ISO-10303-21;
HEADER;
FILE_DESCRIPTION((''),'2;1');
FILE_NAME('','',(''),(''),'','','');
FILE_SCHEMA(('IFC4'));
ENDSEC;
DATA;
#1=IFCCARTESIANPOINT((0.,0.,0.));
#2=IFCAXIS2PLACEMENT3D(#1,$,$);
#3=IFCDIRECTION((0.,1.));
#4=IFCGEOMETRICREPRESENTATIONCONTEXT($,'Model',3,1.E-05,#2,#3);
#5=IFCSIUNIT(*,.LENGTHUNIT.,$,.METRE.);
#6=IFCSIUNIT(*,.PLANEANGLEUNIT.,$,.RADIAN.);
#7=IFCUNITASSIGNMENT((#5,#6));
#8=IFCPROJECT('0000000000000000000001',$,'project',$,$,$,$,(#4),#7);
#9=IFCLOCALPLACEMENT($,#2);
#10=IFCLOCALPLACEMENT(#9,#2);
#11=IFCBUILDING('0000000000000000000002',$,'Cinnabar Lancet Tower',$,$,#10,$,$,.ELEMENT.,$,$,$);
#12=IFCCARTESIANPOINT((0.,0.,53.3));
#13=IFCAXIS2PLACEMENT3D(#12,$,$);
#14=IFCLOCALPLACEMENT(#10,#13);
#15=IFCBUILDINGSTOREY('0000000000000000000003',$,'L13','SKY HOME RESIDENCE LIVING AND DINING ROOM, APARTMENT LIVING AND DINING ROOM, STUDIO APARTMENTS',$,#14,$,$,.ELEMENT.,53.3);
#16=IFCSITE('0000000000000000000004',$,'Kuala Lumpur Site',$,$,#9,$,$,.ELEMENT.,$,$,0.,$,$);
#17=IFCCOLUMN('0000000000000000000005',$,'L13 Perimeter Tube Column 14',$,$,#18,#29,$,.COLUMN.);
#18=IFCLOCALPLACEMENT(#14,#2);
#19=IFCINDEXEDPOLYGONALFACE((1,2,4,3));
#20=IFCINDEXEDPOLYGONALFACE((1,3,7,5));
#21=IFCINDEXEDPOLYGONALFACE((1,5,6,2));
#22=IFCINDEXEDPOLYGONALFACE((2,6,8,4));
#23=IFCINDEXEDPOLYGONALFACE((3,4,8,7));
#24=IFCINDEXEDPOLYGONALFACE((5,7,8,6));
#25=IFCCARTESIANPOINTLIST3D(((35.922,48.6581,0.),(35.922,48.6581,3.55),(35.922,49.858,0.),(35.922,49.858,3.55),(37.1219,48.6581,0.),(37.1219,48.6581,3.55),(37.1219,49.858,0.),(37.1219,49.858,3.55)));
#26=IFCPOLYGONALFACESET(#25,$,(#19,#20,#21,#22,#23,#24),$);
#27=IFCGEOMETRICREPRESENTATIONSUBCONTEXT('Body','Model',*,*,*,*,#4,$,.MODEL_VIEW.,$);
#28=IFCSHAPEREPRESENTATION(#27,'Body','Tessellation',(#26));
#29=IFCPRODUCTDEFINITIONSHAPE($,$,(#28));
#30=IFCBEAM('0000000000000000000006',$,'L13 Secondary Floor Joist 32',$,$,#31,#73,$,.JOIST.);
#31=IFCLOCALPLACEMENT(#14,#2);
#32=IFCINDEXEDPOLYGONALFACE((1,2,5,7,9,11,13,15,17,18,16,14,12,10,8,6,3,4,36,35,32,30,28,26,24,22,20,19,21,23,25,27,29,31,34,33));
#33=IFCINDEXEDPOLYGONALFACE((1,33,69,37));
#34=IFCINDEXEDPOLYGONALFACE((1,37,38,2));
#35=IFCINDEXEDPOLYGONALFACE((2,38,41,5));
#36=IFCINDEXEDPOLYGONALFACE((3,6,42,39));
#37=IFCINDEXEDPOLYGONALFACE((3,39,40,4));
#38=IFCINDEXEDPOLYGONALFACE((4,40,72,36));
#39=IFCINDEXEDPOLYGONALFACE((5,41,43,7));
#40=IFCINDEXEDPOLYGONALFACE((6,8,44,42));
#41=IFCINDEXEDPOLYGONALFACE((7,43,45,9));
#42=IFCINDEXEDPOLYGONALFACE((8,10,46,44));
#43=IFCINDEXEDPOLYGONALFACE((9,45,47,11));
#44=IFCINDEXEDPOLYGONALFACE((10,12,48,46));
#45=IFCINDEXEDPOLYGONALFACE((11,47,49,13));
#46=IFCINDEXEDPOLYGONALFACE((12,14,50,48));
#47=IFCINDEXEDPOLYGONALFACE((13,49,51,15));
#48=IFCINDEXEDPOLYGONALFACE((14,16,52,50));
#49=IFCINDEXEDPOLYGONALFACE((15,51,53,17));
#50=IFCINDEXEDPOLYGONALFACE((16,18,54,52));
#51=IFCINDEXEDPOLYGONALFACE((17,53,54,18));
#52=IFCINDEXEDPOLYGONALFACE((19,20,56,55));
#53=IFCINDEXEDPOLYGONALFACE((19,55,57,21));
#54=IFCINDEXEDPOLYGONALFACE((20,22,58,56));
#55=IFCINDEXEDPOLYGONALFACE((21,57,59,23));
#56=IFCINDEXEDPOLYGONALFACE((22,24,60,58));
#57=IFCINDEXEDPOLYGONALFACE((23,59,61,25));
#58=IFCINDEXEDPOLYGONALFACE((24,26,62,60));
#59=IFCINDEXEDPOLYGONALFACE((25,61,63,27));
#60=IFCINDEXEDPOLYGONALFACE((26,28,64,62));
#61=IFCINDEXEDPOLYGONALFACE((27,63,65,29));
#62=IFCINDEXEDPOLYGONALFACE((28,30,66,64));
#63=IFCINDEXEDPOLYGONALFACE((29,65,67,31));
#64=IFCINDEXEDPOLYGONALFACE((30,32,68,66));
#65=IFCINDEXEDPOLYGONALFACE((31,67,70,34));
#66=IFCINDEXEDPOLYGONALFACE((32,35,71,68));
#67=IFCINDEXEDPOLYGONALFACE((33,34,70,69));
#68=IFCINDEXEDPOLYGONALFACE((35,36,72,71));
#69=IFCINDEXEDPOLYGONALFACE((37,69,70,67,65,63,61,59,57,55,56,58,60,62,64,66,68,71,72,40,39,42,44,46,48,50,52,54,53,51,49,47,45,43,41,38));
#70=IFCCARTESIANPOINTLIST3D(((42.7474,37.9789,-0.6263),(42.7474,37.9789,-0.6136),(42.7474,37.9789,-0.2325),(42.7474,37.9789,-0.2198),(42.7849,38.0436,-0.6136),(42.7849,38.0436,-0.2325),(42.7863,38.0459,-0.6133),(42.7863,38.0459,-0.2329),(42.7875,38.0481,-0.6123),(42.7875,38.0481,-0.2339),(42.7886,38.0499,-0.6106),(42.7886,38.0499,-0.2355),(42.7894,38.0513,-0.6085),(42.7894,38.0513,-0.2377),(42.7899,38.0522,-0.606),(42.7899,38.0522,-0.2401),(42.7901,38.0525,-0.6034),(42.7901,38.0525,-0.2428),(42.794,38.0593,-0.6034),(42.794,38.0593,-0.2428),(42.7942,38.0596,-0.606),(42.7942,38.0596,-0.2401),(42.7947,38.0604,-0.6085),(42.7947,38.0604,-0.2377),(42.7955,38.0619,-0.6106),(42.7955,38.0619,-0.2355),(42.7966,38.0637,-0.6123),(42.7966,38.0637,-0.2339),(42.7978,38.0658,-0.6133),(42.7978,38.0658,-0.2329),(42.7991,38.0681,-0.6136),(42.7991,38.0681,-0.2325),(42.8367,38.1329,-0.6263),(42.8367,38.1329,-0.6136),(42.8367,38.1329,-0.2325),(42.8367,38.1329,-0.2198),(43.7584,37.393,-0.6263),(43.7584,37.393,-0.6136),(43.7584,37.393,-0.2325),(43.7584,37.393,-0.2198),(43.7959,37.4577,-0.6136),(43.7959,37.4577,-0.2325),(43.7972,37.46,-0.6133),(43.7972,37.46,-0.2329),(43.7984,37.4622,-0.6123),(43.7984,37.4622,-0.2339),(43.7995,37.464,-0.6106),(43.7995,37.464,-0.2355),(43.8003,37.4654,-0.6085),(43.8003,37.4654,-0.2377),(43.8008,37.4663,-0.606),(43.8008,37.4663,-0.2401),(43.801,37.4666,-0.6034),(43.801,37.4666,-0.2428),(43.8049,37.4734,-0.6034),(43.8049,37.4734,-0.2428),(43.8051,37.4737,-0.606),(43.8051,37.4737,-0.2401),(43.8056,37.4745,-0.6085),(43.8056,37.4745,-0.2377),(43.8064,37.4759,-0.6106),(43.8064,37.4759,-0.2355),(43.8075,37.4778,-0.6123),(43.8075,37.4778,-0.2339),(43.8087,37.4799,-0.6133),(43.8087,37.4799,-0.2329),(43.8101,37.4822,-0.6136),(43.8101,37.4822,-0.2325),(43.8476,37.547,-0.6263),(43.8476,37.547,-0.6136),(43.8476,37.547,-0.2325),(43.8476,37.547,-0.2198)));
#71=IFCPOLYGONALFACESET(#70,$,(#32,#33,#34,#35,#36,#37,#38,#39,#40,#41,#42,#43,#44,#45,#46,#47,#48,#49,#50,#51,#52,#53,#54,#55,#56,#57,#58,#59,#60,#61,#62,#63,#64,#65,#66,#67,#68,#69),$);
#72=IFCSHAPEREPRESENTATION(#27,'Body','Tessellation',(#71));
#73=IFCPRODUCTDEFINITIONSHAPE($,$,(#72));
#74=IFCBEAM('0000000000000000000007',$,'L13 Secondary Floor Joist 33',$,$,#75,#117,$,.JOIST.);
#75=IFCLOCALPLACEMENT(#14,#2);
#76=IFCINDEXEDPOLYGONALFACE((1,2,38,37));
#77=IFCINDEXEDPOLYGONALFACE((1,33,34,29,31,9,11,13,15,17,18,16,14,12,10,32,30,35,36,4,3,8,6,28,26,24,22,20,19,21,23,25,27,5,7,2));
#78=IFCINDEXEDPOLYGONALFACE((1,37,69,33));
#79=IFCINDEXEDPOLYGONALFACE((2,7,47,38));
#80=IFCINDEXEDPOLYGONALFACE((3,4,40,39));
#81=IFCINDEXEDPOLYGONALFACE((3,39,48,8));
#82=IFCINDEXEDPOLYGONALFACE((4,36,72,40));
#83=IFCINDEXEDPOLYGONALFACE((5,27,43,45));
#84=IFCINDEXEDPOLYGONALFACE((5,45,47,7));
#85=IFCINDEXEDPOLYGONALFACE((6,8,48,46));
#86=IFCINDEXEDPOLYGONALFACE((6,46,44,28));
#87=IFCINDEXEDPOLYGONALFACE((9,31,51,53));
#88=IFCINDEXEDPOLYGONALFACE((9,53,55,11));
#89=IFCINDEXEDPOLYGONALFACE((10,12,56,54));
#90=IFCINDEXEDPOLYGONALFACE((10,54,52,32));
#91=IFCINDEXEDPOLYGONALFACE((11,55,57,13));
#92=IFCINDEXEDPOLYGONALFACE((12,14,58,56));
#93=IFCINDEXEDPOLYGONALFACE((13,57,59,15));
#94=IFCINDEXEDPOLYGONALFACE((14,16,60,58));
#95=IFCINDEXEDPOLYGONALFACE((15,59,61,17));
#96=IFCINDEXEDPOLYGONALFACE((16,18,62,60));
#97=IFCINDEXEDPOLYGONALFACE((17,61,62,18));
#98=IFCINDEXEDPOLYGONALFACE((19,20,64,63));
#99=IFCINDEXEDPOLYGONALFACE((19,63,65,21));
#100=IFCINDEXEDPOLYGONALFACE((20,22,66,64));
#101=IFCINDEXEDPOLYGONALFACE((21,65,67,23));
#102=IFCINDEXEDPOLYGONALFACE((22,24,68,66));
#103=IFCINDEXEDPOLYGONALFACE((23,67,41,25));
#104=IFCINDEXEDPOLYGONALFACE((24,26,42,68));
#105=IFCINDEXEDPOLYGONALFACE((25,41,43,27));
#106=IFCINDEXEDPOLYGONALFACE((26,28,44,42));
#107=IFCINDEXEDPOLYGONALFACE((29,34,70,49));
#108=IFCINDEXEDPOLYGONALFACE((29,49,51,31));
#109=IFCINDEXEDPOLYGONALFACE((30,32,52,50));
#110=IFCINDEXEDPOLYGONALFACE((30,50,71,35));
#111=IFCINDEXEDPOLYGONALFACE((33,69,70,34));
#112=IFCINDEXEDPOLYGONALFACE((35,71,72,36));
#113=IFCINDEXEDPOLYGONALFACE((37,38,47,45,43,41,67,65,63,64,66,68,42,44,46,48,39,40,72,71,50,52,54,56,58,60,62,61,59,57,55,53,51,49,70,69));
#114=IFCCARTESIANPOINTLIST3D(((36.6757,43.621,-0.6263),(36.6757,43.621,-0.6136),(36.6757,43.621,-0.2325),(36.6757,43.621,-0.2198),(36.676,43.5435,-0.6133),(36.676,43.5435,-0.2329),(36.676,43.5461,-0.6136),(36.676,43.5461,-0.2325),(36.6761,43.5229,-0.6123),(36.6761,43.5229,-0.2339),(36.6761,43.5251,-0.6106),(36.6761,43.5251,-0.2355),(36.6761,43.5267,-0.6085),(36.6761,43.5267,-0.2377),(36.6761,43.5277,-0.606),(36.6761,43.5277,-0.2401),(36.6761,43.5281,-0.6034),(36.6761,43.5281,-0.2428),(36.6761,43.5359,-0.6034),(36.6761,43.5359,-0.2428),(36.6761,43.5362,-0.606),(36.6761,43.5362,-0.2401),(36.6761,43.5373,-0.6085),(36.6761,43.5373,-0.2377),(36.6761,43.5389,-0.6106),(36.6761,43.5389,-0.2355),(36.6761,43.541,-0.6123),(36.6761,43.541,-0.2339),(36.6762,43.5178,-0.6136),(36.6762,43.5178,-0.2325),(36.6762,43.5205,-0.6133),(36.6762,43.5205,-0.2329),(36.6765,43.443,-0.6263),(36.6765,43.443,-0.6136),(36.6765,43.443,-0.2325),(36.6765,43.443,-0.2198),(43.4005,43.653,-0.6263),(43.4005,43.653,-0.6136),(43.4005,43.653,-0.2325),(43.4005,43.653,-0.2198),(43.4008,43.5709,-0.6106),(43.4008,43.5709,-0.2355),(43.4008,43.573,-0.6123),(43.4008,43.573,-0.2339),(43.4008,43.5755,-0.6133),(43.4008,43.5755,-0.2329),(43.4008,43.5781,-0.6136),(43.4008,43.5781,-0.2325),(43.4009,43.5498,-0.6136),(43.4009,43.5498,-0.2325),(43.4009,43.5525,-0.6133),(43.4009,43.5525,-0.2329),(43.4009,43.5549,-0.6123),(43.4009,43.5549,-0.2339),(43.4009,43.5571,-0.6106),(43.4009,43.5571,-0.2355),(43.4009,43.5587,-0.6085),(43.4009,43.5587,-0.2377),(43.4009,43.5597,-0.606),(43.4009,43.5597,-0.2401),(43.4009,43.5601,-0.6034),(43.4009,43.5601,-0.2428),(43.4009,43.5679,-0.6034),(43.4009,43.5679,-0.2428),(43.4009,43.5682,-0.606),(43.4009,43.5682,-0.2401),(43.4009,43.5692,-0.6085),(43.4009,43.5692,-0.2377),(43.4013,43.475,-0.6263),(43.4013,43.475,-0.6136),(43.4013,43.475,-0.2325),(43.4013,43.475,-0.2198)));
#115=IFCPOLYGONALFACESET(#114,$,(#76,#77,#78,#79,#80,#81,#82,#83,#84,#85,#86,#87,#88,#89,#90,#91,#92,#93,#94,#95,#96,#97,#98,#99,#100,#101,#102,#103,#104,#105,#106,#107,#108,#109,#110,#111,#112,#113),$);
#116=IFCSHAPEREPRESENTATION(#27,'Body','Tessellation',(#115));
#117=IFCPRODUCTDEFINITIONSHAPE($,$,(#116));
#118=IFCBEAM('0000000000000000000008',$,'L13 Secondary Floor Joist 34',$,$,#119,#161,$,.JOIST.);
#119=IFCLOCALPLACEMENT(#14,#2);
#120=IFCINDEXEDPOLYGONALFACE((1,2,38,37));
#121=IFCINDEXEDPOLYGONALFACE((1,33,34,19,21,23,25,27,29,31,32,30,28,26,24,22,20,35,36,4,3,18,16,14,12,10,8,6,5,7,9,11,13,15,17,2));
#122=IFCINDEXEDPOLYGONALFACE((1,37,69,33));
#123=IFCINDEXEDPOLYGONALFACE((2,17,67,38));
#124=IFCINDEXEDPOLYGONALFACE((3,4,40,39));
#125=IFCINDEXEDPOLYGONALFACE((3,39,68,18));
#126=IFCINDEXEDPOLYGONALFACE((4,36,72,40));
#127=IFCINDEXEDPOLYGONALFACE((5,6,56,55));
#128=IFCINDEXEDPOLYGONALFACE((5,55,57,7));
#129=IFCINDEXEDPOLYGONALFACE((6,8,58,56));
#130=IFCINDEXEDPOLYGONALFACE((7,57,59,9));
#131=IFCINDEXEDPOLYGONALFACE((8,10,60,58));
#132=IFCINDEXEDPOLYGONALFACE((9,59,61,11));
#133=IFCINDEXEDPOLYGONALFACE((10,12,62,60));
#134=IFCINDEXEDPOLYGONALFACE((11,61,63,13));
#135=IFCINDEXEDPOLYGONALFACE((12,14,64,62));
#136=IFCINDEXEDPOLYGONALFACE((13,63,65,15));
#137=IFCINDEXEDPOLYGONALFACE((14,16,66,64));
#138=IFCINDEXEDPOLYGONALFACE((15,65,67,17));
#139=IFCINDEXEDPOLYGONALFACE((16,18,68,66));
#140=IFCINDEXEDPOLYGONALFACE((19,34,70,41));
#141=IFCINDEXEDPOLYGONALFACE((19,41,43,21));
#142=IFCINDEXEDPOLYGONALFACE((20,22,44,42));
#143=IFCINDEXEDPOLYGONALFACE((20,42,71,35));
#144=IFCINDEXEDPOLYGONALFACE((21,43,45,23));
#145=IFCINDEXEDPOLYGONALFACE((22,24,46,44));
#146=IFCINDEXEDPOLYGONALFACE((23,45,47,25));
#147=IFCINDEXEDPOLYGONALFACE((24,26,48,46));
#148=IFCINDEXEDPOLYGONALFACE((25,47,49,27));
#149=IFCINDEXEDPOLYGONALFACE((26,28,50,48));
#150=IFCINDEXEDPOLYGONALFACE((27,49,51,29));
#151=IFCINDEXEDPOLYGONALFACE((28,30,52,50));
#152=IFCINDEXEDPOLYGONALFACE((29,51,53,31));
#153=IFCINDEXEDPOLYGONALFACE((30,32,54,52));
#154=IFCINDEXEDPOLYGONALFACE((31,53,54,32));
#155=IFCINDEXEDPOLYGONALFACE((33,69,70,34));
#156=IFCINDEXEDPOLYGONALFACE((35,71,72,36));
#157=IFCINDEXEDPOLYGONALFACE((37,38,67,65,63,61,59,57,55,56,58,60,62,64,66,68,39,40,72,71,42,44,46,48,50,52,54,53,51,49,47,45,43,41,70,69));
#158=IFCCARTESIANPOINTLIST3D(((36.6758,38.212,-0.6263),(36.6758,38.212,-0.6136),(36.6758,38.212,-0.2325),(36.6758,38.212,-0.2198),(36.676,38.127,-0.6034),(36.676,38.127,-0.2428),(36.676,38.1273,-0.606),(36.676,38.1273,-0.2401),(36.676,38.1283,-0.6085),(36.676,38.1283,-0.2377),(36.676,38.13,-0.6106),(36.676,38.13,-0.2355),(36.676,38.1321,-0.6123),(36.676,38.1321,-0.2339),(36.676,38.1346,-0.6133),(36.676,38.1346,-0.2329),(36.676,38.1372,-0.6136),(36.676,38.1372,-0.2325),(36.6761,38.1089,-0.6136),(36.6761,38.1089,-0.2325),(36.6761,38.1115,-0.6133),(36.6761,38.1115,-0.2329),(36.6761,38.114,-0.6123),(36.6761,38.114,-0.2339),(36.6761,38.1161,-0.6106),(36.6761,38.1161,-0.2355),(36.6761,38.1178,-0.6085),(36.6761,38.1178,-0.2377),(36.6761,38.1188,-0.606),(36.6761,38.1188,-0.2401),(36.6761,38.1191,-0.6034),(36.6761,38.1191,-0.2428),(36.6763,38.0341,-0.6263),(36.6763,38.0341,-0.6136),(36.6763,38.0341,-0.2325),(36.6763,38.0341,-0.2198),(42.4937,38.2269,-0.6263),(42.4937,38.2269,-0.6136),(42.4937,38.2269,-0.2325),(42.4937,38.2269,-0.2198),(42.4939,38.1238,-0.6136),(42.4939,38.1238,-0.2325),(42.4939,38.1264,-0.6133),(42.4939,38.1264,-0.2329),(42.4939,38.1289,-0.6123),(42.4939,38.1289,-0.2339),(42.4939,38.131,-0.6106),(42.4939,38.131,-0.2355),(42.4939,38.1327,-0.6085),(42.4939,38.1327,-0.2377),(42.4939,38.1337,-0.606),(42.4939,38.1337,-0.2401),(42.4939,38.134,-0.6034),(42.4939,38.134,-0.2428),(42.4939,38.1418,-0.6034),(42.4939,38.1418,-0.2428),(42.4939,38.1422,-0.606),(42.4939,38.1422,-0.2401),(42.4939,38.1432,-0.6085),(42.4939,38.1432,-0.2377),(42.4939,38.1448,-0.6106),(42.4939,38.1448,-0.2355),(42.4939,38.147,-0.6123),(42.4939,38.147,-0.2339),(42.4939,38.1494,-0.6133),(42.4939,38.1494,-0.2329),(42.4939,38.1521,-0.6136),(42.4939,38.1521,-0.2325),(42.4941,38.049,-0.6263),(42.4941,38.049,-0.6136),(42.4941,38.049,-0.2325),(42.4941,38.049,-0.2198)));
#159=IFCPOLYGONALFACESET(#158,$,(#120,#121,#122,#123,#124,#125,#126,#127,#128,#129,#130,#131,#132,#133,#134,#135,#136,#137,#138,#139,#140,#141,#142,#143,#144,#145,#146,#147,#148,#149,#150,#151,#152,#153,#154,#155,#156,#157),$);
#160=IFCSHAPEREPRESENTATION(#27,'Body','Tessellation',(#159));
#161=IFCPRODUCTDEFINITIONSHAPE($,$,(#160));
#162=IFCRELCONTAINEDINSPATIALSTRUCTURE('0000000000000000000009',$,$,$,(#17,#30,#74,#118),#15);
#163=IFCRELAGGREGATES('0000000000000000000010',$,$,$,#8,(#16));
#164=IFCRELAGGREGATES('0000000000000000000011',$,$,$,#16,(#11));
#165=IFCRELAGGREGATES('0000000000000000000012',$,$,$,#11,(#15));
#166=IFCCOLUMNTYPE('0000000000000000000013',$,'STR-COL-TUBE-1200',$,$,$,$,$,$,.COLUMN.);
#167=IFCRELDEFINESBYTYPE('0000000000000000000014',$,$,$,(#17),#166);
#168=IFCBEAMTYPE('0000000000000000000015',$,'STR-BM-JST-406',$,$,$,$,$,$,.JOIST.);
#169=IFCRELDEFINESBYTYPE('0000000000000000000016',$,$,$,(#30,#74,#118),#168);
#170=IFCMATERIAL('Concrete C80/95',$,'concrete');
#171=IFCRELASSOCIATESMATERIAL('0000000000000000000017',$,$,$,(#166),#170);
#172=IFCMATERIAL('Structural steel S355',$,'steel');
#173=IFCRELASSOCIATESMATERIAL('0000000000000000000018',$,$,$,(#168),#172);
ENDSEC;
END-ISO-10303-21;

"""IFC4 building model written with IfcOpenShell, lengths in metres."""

from ifc_helpers import new_model, si_unit, direction, frame, origin, origin_2d, place, context, subcontext, project, spatial, rectangle, i_section, extrude, material, material_profile, profile_set, type_object, element, save


model = new_model("IFC4")

# Units and contexts
model_context = context("Model", 3, precision=1e-05, world=origin(), true_north=direction((0.0, 1.0)))
body_context = subcontext(model_context, "Body", "Model", "MODEL_VIEW")
ifc_project = project(units=[si_unit("LENGTHUNIT", "METRE"), si_unit("PLANEANGLEUNIT", "RADIAN")], contexts=[model_context])

# Site, building, storey
site_placement = place(None, origin())
site = spatial("IfcSite", under=ifc_project, at=site_placement, Name="Kuala Lumpur Site", CompositionType="ELEMENT", RefElevation=0.0)
building_placement = place(site_placement, origin())
building = spatial("IfcBuilding", under=site, at=building_placement, Name="Cinnabar Lancet Tower", CompositionType="ELEMENT")
storey_placement = place(building_placement, frame((0.0, 0.0, 53.3)))
storey = spatial("IfcBuildingStorey", under=building, at=storey_placement, Name="L13", Description="SKY HOME RESIDENCE LIVING AND DINING ROOM, APARTMENT LIVING AND DINING ROOM, STUDIO APARTMENTS", CompositionType="ELEMENT", Elevation=53.3)

# Column
ifc_material_1 = material(Name="Concrete C80/95", Category="concrete")
ifc_material_profile_1 = material_profile(ifc_material_1, rectangle(XDim=1.2, YDim=1.2, at=origin_2d()), Name="RC-COL 1200x1200")
ifc_profile_set_1 = profile_set([ifc_material_profile_1], Name="Concrete C80/95")
column_type = type_object("IfcColumnType", Name="STR-COL-TUBE-1200", PredefinedType="COLUMN", material=ifc_profile_set_1)
column_placement = place(storey_placement, frame((36.522, 49.2581, 0.0), z_axis=(0.0, 0.0, 1.0), x_axis=(1.0, 0.0, 0.0)))
element("IfcColumn", 1, at=column_placement, inside=storey, type_object=column_type, Name="L13 Perimeter Tube Column 14", PredefinedType="COLUMN", context=body_context, shape_type="SweptSolid", body=[
    extrude(rectangle(XDim=1.2, YDim=1.2, at=origin_2d()), origin(), (0.0, 0.0, 1.0), 3.55),
])

# Beams
ifc_material_2 = material(Name="Structural steel S355", Category="steel")
ifc_material_profile_2 = material_profile(ifc_material_2, i_section(OverallWidth=0.178, OverallDepth=0.4065, WebThickness=0.0078, FlangeThickness=0.0127, FilletRadius=0.0103, at=origin_2d()), Name="UKB 406x178x60")
ifc_profile_set_2 = profile_set([ifc_material_profile_2], Name="Structural steel S355")
beam_type_1 = type_object("IfcBeamType", Name="STR-BM-JST-406", PredefinedType="JOIST", material=ifc_profile_set_2)
beam_1_placement = place(storey_placement, frame((43.803, 37.47, -0.4231), z_axis=(-0.865193, 0.50144, 0.0), x_axis=(-0.50144, -0.865193, 0.0)))
element("IfcBeam", 2, at=beam_1_placement, inside=storey, type_object=beam_type_1, Name="L13 Secondary Floor Joist 32", PredefinedType="JOIST", context=body_context, shape_type="SweptSolid", body=[
    extrude(i_section(OverallWidth=0.178, OverallDepth=0.4065, WebThickness=0.0078, FlangeThickness=0.0127, FilletRadius=0.0103, at=origin_2d()), origin(), (0.0, 0.0, 1.0), 1.1685),
])
beam_2_placement = place(storey_placement, frame((43.4009, 43.564, -0.4231), z_axis=(-0.999989, -0.004756, 0.0), x_axis=(0.004756, -0.999989, 0.0)))
element("IfcBeam", 3, at=beam_2_placement, inside=storey, type_object=beam_type_1, Name="L13 Secondary Floor Joist 33", PredefinedType="JOIST", context=body_context, shape_type="SweptSolid", body=[
    extrude(i_section(OverallWidth=0.178, OverallDepth=0.4065, WebThickness=0.0078, FlangeThickness=0.0127, FilletRadius=0.0103, at=origin_2d()), origin(), (0.0, 0.0, 1.0), 6.7249),
])
beam_3_placement = place(storey_placement, frame((42.4939, 38.1379, -0.4231), z_axis=(-0.999997, -0.00256, 0.0), x_axis=(0.00256, -0.999997, 0.0)))
element("IfcBeam", 4, at=beam_3_placement, inside=storey, type_object=beam_type_1, Name="L13 Secondary Floor Joist 34", PredefinedType="JOIST", context=body_context, shape_type="SweptSolid", body=[
    extrude(i_section(OverallWidth=0.178, OverallDepth=0.4065, WebThickness=0.0078, FlangeThickness=0.0127, FilletRadius=0.0103, at=origin_2d()), origin(), (0.0, 0.0, 1.0), 5.8179),
])

save(model, "model.ifc")
